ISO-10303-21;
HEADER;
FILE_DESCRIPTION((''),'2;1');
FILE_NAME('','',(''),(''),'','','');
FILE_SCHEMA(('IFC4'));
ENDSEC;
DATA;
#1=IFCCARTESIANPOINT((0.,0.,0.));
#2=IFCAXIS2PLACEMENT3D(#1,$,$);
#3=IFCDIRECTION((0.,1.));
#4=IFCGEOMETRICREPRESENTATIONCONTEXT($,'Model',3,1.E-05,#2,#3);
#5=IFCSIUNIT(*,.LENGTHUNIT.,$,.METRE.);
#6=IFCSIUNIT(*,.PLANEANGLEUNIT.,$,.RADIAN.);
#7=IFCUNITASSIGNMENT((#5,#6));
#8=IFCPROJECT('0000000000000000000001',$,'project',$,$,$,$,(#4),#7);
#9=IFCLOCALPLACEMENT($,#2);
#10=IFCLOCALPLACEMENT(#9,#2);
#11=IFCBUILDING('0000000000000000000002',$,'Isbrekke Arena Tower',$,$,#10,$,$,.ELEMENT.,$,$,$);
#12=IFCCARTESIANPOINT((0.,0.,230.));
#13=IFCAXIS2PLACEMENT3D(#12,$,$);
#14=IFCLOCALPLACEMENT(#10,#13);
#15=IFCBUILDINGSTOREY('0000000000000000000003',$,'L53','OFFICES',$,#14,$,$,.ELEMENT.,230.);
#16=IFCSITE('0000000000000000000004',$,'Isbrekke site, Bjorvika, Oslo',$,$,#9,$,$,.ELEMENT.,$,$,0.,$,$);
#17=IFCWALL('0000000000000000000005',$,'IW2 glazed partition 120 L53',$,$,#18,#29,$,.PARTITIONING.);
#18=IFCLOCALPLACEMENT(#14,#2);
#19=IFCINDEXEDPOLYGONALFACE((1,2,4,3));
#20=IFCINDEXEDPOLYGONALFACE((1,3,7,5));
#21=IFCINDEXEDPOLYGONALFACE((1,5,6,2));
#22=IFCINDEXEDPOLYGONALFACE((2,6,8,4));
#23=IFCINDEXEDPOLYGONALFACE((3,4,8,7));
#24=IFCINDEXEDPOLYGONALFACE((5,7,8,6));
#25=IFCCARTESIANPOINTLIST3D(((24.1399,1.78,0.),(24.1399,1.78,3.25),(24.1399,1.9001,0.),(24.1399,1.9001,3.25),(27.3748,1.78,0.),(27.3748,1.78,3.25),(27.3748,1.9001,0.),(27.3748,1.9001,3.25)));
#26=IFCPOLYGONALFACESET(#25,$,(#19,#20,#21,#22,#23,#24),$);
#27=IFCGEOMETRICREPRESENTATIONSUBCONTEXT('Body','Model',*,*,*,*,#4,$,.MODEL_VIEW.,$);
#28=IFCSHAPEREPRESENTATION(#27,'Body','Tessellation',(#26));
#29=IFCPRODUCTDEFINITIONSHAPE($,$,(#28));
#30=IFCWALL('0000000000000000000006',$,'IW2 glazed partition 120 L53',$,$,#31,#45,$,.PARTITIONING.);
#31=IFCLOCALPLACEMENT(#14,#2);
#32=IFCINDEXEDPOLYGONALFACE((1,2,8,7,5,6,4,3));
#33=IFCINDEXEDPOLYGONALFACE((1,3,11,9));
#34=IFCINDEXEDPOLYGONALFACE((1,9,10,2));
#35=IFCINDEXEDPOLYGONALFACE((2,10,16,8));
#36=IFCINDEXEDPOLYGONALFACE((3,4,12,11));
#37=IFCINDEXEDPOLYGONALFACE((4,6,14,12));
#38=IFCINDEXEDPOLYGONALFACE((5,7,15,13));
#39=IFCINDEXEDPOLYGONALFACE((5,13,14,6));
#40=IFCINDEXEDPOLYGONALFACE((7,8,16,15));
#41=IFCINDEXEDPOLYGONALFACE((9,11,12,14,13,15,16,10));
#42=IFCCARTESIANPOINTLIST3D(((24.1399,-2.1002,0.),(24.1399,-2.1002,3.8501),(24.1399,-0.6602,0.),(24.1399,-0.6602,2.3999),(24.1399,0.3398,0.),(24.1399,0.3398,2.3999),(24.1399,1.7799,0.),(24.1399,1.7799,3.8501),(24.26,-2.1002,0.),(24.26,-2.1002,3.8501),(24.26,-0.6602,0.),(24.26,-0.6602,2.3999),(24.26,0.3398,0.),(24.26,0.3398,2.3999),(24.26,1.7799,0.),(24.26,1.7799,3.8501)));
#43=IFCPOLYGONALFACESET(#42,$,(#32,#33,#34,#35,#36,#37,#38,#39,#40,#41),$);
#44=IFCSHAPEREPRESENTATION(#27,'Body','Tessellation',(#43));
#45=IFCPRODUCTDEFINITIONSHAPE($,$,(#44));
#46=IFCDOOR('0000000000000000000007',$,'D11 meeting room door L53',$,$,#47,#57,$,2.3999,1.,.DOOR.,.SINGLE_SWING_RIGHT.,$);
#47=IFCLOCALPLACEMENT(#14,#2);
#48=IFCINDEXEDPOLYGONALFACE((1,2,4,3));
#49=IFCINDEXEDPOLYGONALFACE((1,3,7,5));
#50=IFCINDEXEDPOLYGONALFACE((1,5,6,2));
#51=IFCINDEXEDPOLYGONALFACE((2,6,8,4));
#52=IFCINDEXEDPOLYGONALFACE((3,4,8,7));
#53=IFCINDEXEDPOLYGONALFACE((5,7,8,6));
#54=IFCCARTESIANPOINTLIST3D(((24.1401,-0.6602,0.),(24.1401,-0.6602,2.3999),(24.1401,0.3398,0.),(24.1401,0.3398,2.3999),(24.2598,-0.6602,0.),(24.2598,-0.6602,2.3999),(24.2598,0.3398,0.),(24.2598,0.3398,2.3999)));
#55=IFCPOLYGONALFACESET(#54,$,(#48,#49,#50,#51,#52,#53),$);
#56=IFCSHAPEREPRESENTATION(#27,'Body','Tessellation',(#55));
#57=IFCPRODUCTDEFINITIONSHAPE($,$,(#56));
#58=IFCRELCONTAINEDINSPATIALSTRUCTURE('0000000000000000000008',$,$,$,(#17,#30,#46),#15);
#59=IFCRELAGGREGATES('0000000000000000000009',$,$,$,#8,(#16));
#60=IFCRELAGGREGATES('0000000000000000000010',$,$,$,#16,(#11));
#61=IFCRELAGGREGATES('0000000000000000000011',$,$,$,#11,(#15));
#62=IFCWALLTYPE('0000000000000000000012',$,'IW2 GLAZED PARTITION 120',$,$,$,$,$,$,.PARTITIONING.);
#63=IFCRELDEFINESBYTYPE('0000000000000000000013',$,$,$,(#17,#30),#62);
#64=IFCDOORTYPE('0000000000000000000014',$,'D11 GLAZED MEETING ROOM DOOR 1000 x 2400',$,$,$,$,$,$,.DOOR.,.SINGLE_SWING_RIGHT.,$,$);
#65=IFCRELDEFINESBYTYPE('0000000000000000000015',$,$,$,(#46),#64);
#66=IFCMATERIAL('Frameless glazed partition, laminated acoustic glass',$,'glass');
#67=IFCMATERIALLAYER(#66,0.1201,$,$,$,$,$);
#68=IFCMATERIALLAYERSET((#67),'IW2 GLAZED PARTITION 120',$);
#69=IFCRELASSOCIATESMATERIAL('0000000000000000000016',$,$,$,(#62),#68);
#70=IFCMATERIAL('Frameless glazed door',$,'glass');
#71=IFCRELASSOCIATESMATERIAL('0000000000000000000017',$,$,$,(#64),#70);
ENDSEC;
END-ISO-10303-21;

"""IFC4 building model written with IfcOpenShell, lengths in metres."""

from ifc_helpers import new_model, si_unit, direction, frame, frame_2d, origin, place, context, subcontext, project, spatial, rectangle, extrude, material, layer, layer_set, type_object, element, fill, save


model = new_model("IFC4")

# Units and contexts
model_context = context("Model", 3, precision=1e-05, world=origin(), true_north=direction((0.0, 1.0)))
body_context = subcontext(model_context, "Body", "Model", "MODEL_VIEW")
ifc_project = project(units=[si_unit("LENGTHUNIT", "METRE"), si_unit("PLANEANGLEUNIT", "RADIAN")], contexts=[model_context])

# Site, building, storey
site_placement = place(None, origin())
site = spatial("IfcSite", under=ifc_project, at=site_placement, Name="Isbrekke site, Bjorvika, Oslo", CompositionType="ELEMENT", RefElevation=0.0)
building_placement = place(site_placement, origin())
building = spatial("IfcBuilding", under=site, at=building_placement, Name="Isbrekke Arena Tower", CompositionType="ELEMENT")
storey_placement = place(building_placement, frame((0.0, 0.0, 230.0)))
storey = spatial("IfcBuildingStorey", under=building, at=storey_placement, Name="L53", Description="OFFICES", CompositionType="ELEMENT", Elevation=230.0)

# Wall
ifc_material_1 = material(Name="Frameless glazed partition, laminated acoustic glass", Category="glass")
ifc_layer_1 = layer(ifc_material_1, 0.1201)
ifc_layer_set_1 = layer_set([ifc_layer_1], Name="IW2 GLAZED PARTITION 120")
wall_type = type_object("IfcWallType", Name="IW2 GLAZED PARTITION 120", PredefinedType="PARTITIONING", material=ifc_layer_set_1)
wall_1_placement = place(storey_placement, frame((24.1399, 1.8401, 0.0), z_axis=(0.0, 0.0, 1.0), x_axis=(1.0, 0.0, 0.0)))
element("IfcWall", 1, at=wall_1_placement, inside=storey, type_object=wall_type, Name="IW2 glazed partition 120 L53", PredefinedType="PARTITIONING", context=body_context, shape_type="SweptSolid", body=[
    extrude(rectangle(XDim=3.2349, YDim=0.1201, at=frame_2d((1.6174, 0.0))), origin(), (0.0, 0.0, 1.0), 3.25),
])

# Wall, opening, door
wall_2_placement = place(storey_placement, frame((24.2, -2.1001, 0.0), z_axis=(0.0, 0.0, 1.0), x_axis=(0.0, 1.0, 0.0)))
wall_2 = element("IfcWall", 2, at=wall_2_placement, inside=storey, type_object=wall_type, Name="IW2 glazed partition 120 L53", PredefinedType="PARTITIONING", context=body_context, shape_type="SweptSolid", body=[
    extrude(rectangle(XDim=3.8801, YDim=0.1201, at=frame_2d((1.9399, 0.0))), origin(), (0.0, 0.0, 1.0), 3.8501),
])
opening_placement = place(wall_2_placement, frame((1.4399, 0.0, 0.0)))
opening = element("IfcOpeningElement", 3, at=opening_placement, cuts=wall_2, PredefinedType="OPENING", context=body_context, shape_type="SweptSolid", body=[
    extrude(rectangle(XDim=1.0, YDim=2.3999, at=frame_2d((0.5, 1.2))), frame((0.0, 0.075, 0.0), z_axis=(0.0, -1.0, 0.0), x_axis=(1.0, 0.0, 0.0)), (0.0, 0.0, 1.0), 0.1499),
])
ifc_material_2 = material(Name="Frameless glazed door", Category="glass")
door_type = type_object("IfcDoorType", Name="D11 GLAZED MEETING ROOM DOOR 1000 x 2400", OperationType="SINGLE_SWING_RIGHT", PredefinedType="DOOR", material=ifc_material_2)
door_placement = place(opening_placement, origin())
door = element("IfcDoor", 4, at=door_placement, inside=storey, type_object=door_type, Name="D11 meeting room door L53", OperationType="SINGLE_SWING_RIGHT", OverallHeight=2.3999, OverallWidth=1.0, PredefinedType="DOOR", context=body_context, shape_type="SweptSolid", body=[
    extrude(rectangle(XDim=1.0, YDim=2.3999, at=frame_2d((0.5, 1.2))), frame((0.0, 0.0598, 0.0), z_axis=(0.0, -1.0, 0.0), x_axis=(1.0, 0.0, 0.0)), (0.0, 0.0, 1.0), 0.1196),
])
fill(opening, door)

save(model, "model.ifc")
